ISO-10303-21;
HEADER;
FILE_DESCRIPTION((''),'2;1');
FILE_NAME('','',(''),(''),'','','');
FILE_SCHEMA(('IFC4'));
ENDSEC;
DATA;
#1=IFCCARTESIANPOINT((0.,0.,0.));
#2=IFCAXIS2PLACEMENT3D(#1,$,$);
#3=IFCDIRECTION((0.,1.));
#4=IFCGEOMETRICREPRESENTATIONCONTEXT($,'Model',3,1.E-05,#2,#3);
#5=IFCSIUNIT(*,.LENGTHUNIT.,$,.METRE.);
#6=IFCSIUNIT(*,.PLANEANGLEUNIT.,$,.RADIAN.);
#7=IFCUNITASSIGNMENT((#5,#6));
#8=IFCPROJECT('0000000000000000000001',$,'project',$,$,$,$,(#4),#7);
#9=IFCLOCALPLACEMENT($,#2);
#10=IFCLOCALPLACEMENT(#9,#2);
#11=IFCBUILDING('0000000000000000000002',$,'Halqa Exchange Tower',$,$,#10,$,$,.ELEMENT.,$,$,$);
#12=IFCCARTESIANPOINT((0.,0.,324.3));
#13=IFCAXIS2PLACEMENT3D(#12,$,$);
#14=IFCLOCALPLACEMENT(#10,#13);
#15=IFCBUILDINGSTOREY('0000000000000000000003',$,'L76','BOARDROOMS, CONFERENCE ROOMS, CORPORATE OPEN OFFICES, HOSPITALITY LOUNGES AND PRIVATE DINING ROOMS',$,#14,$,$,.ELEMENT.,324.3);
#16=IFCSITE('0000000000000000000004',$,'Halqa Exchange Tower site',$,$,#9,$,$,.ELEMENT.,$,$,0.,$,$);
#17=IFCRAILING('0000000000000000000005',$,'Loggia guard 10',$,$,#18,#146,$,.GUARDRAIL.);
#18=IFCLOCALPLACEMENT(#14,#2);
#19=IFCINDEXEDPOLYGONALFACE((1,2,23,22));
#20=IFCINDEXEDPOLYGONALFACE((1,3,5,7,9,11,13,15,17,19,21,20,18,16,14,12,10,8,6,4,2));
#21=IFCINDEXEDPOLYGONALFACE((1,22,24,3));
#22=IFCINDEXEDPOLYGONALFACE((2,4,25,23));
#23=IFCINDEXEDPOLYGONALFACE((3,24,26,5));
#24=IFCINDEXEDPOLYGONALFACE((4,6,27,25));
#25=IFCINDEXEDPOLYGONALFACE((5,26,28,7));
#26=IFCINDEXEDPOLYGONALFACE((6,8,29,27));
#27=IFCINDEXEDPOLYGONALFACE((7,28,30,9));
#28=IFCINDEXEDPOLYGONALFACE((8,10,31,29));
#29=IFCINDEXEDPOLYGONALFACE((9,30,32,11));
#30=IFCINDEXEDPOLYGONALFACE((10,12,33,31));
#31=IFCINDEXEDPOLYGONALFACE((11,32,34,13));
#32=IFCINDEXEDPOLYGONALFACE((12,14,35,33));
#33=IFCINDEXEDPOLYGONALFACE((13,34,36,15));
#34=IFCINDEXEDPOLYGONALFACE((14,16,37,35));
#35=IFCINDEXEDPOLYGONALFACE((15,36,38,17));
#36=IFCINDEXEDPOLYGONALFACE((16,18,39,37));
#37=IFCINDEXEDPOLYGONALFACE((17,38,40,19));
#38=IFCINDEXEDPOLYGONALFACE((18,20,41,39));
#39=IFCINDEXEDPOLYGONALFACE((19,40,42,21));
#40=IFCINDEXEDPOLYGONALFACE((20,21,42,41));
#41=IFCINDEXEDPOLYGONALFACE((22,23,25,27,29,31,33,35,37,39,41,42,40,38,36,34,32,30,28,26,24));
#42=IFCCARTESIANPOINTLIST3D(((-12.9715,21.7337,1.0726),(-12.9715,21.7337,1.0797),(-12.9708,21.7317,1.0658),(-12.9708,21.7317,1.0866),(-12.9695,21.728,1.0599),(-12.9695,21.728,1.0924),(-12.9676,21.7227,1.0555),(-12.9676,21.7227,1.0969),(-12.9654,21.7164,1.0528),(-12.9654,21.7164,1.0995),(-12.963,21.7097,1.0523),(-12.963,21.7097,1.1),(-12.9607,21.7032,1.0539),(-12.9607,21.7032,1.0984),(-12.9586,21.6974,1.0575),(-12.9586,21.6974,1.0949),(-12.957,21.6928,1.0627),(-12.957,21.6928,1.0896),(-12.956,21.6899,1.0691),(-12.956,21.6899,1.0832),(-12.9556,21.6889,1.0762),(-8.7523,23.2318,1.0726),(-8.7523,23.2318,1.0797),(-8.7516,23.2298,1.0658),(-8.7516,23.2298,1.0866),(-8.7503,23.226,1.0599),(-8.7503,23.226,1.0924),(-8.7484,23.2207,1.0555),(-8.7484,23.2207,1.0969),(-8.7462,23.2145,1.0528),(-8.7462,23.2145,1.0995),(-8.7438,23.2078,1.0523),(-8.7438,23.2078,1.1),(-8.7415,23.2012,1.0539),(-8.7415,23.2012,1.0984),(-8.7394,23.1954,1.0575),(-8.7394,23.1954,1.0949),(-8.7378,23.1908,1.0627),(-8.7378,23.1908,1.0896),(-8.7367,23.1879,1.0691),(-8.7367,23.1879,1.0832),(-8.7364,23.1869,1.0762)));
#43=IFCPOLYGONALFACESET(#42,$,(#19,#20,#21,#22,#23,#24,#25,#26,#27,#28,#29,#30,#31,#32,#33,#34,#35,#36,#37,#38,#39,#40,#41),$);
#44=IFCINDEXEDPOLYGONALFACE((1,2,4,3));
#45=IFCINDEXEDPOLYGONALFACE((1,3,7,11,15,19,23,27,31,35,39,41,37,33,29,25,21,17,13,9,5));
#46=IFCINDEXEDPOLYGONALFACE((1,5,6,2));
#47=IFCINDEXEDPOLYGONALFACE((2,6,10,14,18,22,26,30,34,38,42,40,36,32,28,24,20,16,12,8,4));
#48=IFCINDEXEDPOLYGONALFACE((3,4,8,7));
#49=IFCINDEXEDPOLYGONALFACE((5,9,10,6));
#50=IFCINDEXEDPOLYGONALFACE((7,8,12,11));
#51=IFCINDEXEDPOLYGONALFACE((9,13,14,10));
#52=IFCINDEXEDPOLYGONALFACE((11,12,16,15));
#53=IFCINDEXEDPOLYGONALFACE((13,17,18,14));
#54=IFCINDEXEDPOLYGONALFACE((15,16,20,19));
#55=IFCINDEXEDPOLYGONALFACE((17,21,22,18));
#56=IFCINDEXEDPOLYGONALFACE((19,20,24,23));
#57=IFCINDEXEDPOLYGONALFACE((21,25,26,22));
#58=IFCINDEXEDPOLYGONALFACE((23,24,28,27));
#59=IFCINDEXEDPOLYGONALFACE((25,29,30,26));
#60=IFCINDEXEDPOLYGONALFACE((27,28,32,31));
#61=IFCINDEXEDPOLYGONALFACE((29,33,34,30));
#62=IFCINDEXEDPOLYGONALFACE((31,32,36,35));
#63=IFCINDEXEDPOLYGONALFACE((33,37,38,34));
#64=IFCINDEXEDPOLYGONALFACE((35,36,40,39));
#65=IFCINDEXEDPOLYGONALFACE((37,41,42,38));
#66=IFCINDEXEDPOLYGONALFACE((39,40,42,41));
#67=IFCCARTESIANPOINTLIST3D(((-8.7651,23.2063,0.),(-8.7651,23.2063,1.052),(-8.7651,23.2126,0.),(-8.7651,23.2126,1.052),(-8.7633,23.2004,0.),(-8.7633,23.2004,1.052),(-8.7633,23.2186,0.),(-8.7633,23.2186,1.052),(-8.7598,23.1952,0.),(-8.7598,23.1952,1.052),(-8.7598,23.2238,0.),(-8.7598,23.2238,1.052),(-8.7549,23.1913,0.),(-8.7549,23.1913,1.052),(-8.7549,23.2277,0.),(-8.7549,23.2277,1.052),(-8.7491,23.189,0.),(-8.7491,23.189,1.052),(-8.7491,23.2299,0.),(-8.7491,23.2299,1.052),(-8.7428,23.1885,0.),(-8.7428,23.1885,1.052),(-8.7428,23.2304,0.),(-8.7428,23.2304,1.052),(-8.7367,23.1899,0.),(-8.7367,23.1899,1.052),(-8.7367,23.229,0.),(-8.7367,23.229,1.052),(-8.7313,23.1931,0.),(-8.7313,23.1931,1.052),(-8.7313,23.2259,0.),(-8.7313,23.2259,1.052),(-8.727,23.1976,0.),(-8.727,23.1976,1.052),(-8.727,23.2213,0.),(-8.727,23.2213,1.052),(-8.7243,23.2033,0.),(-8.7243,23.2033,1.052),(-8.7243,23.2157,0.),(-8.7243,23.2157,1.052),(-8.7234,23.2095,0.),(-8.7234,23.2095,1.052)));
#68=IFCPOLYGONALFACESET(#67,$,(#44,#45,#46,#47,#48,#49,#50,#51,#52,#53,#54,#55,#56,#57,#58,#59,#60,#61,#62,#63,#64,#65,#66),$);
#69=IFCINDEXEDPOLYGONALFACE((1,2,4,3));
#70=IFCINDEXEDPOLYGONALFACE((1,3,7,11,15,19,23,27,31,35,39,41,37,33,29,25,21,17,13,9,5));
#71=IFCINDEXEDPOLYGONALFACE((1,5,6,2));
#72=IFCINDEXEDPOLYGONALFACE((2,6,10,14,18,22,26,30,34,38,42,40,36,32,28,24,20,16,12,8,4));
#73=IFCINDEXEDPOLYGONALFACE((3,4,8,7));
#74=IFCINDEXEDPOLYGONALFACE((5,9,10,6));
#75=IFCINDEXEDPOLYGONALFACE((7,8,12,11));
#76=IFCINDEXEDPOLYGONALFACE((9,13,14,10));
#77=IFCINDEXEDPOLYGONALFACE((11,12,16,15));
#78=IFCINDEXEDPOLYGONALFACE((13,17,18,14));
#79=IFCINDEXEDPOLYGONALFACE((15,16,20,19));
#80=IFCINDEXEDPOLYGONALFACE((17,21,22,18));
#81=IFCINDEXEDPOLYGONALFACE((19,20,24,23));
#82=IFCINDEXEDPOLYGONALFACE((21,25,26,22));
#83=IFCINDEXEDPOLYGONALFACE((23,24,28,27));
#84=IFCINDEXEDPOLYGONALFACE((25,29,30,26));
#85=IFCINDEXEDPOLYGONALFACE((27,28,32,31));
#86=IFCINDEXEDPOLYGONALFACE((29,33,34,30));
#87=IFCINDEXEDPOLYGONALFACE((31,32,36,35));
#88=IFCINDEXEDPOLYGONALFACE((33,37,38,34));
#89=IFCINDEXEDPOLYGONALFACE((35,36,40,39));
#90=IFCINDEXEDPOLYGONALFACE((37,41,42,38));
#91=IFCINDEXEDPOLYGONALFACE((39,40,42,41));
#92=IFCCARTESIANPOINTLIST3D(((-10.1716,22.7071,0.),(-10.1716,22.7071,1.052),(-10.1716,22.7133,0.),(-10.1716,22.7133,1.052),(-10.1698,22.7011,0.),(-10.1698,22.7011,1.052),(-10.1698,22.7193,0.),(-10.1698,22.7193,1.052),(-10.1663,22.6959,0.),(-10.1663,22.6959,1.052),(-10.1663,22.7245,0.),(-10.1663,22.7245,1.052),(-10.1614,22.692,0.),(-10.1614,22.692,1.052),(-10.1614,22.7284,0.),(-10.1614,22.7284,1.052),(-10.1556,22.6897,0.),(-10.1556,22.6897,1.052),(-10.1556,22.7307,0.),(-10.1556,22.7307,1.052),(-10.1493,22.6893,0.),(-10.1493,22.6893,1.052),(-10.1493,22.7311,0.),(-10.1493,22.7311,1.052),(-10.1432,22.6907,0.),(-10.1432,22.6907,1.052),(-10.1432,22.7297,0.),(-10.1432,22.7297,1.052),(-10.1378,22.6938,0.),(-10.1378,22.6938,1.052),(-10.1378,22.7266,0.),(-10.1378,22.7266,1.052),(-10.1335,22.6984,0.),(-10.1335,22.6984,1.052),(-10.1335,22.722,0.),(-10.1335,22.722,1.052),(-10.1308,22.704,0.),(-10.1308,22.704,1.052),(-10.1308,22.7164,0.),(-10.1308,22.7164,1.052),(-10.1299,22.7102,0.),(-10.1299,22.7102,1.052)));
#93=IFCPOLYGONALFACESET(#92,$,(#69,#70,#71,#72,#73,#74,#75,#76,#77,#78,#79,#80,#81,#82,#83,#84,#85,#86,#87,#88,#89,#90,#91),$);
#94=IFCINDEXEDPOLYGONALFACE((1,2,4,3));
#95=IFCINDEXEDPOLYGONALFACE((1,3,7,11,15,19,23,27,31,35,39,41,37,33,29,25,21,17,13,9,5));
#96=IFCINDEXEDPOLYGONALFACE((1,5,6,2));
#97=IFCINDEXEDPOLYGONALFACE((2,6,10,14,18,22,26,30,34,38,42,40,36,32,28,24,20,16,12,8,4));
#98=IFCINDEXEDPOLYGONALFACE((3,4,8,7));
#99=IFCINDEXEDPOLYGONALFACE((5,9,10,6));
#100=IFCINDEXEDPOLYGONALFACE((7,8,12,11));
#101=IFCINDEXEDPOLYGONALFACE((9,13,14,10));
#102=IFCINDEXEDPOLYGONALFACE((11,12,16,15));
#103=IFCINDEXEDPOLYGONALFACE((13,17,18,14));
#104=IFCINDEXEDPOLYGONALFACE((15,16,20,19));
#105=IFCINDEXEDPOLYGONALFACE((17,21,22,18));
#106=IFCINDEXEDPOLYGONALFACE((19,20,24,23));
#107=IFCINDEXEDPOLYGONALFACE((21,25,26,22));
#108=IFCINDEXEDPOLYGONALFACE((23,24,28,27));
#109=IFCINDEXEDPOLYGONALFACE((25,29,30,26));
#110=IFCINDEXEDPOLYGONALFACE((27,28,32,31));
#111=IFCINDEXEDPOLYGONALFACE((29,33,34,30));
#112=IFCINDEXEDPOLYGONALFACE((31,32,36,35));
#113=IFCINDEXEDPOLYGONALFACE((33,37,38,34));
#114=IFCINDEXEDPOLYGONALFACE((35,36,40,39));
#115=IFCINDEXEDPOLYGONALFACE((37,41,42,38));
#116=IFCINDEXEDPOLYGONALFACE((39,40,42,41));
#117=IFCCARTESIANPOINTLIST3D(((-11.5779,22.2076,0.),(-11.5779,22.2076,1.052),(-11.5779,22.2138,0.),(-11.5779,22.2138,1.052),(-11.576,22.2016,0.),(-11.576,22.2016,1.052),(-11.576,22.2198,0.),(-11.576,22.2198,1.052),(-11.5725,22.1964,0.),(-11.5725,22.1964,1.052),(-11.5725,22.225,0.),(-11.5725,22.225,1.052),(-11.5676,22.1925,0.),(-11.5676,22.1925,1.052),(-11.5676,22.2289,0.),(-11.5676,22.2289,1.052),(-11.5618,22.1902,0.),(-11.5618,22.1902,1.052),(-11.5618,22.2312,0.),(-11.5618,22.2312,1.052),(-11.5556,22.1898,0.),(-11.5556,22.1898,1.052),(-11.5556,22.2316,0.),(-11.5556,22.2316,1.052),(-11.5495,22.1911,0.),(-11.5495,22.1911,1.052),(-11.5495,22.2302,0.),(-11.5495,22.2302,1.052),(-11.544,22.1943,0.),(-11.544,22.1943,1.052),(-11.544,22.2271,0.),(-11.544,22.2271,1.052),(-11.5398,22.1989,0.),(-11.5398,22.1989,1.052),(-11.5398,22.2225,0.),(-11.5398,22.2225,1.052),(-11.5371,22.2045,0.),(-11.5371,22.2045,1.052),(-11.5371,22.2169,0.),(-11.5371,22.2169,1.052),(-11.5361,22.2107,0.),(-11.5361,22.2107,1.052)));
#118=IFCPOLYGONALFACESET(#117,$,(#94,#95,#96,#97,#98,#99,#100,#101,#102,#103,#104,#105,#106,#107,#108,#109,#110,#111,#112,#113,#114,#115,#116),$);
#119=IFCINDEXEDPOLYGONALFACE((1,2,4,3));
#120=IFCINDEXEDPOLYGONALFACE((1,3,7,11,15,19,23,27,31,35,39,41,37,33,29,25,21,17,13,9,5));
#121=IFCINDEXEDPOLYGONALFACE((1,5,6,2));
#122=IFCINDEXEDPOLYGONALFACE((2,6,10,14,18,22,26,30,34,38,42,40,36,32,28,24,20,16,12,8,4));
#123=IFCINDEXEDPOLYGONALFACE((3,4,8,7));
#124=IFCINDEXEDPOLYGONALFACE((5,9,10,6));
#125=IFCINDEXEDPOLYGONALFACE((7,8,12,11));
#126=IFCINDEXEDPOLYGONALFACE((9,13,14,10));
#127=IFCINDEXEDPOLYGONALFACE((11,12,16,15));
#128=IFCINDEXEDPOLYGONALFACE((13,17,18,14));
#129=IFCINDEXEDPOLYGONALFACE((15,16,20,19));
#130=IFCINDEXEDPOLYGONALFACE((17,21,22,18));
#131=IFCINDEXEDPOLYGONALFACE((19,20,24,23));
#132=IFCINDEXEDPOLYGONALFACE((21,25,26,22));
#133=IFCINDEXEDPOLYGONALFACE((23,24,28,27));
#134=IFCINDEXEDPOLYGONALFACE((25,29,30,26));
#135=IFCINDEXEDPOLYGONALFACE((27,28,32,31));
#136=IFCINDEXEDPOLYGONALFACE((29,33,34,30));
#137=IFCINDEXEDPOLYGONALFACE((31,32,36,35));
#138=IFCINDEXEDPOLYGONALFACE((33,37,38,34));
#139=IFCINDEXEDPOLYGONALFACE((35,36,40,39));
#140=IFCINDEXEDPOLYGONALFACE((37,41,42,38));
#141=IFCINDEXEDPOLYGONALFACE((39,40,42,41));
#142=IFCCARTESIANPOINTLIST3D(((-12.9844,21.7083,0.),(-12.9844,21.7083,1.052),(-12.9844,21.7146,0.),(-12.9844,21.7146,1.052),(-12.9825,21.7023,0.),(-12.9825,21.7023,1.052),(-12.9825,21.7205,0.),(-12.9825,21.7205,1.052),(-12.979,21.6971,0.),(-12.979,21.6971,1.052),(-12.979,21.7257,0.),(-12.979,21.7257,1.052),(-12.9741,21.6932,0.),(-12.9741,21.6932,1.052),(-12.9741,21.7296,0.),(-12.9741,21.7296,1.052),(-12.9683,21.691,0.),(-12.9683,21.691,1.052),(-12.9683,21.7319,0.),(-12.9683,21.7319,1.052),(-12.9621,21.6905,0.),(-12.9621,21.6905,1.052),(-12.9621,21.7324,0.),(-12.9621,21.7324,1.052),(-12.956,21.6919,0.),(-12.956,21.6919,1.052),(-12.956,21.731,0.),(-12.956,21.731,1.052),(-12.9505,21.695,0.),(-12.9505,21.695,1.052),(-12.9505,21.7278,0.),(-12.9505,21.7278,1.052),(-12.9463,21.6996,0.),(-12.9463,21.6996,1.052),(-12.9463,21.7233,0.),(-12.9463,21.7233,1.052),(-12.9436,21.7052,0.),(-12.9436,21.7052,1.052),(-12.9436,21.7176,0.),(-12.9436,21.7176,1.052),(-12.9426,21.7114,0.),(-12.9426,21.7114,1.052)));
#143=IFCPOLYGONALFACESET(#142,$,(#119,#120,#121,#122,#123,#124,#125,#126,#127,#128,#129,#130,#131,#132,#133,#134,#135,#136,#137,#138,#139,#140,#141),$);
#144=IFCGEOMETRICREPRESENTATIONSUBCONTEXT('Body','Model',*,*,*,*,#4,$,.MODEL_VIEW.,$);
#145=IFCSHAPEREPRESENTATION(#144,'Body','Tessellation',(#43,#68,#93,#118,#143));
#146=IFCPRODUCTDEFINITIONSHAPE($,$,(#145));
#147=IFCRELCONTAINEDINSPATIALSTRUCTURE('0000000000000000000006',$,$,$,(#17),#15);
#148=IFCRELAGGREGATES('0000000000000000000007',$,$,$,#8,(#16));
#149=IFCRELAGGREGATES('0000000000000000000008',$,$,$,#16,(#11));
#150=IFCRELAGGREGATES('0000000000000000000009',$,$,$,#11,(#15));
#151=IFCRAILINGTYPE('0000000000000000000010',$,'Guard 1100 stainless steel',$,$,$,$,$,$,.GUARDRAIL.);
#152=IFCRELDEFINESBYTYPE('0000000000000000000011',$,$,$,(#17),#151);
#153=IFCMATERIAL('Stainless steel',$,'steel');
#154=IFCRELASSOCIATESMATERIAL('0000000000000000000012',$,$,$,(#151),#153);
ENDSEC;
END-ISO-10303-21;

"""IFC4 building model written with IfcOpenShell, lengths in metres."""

from ifc_helpers import new_model, si_unit, direction, frame, origin, origin_2d, place, context, subcontext, project, spatial, circle, extrude, material, type_object, element, save


model = new_model("IFC4")

# Units and contexts
model_context = context("Model", 3, precision=1e-05, world=origin(), true_north=direction((0.0, 1.0)))
body_context = subcontext(model_context, "Body", "Model", "MODEL_VIEW")
ifc_project = project(units=[si_unit("LENGTHUNIT", "METRE"), si_unit("PLANEANGLEUNIT", "RADIAN")], contexts=[model_context])

# Site, building, storey
site_placement = place(None, origin())
site = spatial("IfcSite", under=ifc_project, at=site_placement, Name="Halqa Exchange Tower site", CompositionType="ELEMENT", RefElevation=0.0)
building_placement = place(site_placement, origin())
building = spatial("IfcBuilding", under=site, at=building_placement, Name="Halqa Exchange Tower", CompositionType="ELEMENT")
storey_placement = place(building_placement, frame((0.0, 0.0, 324.3)))
storey = spatial("IfcBuildingStorey", under=building, at=storey_placement, Name="L76", Description="BOARDROOMS, CONFERENCE ROOMS, CORPORATE OPEN OFFICES, HOSPITALITY LOUNGES AND PRIVATE DINING ROOMS", CompositionType="ELEMENT", Elevation=324.3)

# Railing
ifc_material_1 = material(Name="Stainless steel", Category="steel")
railing_type = type_object("IfcRailingType", Name="Guard 1100 stainless steel", PredefinedType="GUARDRAIL", material=ifc_material_1)
railing_1_placement = place(storey_placement, frame((-8.7444, 23.2095, 0.0)))
element("IfcRailing", 1, at=railing_1_placement, inside=storey, type_object=railing_type, Name="Loggia guard 10", PredefinedType="GUARDRAIL", context=body_context, shape_type="SweptSolid", body=[
    extrude(circle(Radius=0.0239, at=origin_2d()), frame((0.0, 0.0, 1.0762), z_axis=(-0.942365, -0.334588, 0.0), x_axis=(0.334588, -0.942365, 0.0)), (0.0, 0.0, 1.0), 4.4773),
    extrude(circle(Radius=0.021, at=origin_2d()), origin(), (0.0, 0.0, 1.0), 1.052),
    extrude(circle(Radius=0.021, at=origin_2d()), frame((-1.4065, -0.4993, 0.0)), (0.0, 0.0, 1.0), 1.052),
    extrude(circle(Radius=0.021, at=origin_2d()), frame((-2.8127, -0.9988, 0.0)), (0.0, 0.0, 1.0), 1.052),
    extrude(circle(Radius=0.021, at=origin_2d()), frame((-4.2192, -1.498, 0.0)), (0.0, 0.0, 1.0), 1.052),
])

save(model, "model.ifc")
